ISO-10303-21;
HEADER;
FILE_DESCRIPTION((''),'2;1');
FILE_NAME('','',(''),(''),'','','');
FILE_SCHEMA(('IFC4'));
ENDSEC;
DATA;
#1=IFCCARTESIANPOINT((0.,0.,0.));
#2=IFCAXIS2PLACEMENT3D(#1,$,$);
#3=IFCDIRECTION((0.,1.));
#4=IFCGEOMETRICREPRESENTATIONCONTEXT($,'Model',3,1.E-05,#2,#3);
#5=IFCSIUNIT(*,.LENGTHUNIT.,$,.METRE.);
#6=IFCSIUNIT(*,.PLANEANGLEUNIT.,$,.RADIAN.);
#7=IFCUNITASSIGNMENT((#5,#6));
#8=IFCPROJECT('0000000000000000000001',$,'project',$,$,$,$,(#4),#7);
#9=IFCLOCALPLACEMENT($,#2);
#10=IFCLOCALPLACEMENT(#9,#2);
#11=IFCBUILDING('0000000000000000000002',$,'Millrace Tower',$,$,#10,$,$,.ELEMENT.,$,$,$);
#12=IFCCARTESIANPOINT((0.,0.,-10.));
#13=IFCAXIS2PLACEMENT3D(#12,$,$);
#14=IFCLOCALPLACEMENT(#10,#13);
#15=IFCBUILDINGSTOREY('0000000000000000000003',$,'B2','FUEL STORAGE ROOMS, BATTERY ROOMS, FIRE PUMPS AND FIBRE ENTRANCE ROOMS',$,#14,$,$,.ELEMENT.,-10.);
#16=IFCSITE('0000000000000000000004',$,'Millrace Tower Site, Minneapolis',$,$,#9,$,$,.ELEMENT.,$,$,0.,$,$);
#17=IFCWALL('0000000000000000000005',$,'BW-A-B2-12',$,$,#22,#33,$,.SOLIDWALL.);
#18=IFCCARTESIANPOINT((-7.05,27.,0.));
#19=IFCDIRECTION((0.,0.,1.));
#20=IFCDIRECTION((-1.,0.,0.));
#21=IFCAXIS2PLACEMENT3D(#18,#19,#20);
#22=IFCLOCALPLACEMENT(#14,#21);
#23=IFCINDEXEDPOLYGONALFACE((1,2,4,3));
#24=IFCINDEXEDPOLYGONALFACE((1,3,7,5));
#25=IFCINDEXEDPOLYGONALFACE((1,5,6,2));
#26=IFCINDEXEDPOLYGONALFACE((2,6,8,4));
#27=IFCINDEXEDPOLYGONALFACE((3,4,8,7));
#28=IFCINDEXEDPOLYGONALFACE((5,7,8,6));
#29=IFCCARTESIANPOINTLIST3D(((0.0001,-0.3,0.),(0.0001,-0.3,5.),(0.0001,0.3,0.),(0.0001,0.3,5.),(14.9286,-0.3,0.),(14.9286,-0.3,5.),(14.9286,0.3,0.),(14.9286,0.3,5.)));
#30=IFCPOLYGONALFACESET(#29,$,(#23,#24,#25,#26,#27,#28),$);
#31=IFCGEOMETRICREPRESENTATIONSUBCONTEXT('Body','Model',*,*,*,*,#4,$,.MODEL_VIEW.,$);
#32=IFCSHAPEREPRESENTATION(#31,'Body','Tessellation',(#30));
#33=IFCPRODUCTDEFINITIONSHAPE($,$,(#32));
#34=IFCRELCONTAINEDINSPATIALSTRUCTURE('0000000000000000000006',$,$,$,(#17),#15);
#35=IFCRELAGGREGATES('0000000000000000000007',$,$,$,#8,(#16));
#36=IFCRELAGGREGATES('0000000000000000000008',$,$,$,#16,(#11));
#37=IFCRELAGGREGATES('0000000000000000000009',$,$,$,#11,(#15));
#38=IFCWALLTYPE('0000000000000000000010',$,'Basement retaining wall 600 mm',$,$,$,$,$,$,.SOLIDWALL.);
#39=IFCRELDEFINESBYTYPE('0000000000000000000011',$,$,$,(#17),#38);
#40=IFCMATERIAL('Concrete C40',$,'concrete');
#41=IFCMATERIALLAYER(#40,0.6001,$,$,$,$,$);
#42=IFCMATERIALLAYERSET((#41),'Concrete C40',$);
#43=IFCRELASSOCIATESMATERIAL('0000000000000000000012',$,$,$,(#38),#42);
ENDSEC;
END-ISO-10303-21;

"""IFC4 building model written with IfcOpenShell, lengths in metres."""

from ifc_helpers import new_model, si_unit, direction, frame, frame_2d, origin, place, context, subcontext, project, spatial, rectangle, extrude, material, layer, layer_set, type_object, element, save


model = new_model("IFC4")

# Units and contexts
model_context = context("Model", 3, precision=1e-05, world=origin(), true_north=direction((0.0, 1.0)))
body_context = subcontext(model_context, "Body", "Model", "MODEL_VIEW")
ifc_project = project(units=[si_unit("LENGTHUNIT", "METRE"), si_unit("PLANEANGLEUNIT", "RADIAN")], contexts=[model_context])

# Site, building, storey
site_placement = place(None, origin())
site = spatial("IfcSite", under=ifc_project, at=site_placement, Name="Millrace Tower Site, Minneapolis", CompositionType="ELEMENT", RefElevation=0.0)
building_placement = place(site_placement, origin())
building = spatial("IfcBuilding", under=site, at=building_placement, Name="Millrace Tower", CompositionType="ELEMENT")
storey_placement = place(building_placement, frame((0.0, 0.0, -10.0)))
storey = spatial("IfcBuildingStorey", under=building, at=storey_placement, Name="B2", Description="FUEL STORAGE ROOMS, BATTERY ROOMS, FIRE PUMPS AND FIBRE ENTRANCE ROOMS", CompositionType="ELEMENT", Elevation=-10.0)

# Shared definitions
placement_1 = place(storey_placement, frame((-7.05, 27.0, 0.0), z_axis=(0.0, 0.0, 1.0), x_axis=(-1.0, 0.0, 0.0)))

# Wall
ifc_material_1 = material(Name="Concrete C40", Category="concrete")
ifc_layer_1 = layer(ifc_material_1, 0.6001)
ifc_layer_set_1 = layer_set([ifc_layer_1], Name="Concrete C40")
wall_type_1 = type_object("IfcWallType", Name="Basement retaining wall 600 mm", PredefinedType="SOLIDWALL", material=ifc_layer_set_1)
element("IfcWall", 1, at=placement_1, inside=storey, type_object=wall_type_1, Name="BW-A-B2-12", PredefinedType="SOLIDWALL", context=body_context, shape_type="SweptSolid", body=[
    extrude(rectangle(XDim=14.9285, YDim=0.6001, at=frame_2d((7.4644, 0.0))), origin(), (0.0, 0.0, 1.0), 5.0),
])

save(model, "model.ifc")
